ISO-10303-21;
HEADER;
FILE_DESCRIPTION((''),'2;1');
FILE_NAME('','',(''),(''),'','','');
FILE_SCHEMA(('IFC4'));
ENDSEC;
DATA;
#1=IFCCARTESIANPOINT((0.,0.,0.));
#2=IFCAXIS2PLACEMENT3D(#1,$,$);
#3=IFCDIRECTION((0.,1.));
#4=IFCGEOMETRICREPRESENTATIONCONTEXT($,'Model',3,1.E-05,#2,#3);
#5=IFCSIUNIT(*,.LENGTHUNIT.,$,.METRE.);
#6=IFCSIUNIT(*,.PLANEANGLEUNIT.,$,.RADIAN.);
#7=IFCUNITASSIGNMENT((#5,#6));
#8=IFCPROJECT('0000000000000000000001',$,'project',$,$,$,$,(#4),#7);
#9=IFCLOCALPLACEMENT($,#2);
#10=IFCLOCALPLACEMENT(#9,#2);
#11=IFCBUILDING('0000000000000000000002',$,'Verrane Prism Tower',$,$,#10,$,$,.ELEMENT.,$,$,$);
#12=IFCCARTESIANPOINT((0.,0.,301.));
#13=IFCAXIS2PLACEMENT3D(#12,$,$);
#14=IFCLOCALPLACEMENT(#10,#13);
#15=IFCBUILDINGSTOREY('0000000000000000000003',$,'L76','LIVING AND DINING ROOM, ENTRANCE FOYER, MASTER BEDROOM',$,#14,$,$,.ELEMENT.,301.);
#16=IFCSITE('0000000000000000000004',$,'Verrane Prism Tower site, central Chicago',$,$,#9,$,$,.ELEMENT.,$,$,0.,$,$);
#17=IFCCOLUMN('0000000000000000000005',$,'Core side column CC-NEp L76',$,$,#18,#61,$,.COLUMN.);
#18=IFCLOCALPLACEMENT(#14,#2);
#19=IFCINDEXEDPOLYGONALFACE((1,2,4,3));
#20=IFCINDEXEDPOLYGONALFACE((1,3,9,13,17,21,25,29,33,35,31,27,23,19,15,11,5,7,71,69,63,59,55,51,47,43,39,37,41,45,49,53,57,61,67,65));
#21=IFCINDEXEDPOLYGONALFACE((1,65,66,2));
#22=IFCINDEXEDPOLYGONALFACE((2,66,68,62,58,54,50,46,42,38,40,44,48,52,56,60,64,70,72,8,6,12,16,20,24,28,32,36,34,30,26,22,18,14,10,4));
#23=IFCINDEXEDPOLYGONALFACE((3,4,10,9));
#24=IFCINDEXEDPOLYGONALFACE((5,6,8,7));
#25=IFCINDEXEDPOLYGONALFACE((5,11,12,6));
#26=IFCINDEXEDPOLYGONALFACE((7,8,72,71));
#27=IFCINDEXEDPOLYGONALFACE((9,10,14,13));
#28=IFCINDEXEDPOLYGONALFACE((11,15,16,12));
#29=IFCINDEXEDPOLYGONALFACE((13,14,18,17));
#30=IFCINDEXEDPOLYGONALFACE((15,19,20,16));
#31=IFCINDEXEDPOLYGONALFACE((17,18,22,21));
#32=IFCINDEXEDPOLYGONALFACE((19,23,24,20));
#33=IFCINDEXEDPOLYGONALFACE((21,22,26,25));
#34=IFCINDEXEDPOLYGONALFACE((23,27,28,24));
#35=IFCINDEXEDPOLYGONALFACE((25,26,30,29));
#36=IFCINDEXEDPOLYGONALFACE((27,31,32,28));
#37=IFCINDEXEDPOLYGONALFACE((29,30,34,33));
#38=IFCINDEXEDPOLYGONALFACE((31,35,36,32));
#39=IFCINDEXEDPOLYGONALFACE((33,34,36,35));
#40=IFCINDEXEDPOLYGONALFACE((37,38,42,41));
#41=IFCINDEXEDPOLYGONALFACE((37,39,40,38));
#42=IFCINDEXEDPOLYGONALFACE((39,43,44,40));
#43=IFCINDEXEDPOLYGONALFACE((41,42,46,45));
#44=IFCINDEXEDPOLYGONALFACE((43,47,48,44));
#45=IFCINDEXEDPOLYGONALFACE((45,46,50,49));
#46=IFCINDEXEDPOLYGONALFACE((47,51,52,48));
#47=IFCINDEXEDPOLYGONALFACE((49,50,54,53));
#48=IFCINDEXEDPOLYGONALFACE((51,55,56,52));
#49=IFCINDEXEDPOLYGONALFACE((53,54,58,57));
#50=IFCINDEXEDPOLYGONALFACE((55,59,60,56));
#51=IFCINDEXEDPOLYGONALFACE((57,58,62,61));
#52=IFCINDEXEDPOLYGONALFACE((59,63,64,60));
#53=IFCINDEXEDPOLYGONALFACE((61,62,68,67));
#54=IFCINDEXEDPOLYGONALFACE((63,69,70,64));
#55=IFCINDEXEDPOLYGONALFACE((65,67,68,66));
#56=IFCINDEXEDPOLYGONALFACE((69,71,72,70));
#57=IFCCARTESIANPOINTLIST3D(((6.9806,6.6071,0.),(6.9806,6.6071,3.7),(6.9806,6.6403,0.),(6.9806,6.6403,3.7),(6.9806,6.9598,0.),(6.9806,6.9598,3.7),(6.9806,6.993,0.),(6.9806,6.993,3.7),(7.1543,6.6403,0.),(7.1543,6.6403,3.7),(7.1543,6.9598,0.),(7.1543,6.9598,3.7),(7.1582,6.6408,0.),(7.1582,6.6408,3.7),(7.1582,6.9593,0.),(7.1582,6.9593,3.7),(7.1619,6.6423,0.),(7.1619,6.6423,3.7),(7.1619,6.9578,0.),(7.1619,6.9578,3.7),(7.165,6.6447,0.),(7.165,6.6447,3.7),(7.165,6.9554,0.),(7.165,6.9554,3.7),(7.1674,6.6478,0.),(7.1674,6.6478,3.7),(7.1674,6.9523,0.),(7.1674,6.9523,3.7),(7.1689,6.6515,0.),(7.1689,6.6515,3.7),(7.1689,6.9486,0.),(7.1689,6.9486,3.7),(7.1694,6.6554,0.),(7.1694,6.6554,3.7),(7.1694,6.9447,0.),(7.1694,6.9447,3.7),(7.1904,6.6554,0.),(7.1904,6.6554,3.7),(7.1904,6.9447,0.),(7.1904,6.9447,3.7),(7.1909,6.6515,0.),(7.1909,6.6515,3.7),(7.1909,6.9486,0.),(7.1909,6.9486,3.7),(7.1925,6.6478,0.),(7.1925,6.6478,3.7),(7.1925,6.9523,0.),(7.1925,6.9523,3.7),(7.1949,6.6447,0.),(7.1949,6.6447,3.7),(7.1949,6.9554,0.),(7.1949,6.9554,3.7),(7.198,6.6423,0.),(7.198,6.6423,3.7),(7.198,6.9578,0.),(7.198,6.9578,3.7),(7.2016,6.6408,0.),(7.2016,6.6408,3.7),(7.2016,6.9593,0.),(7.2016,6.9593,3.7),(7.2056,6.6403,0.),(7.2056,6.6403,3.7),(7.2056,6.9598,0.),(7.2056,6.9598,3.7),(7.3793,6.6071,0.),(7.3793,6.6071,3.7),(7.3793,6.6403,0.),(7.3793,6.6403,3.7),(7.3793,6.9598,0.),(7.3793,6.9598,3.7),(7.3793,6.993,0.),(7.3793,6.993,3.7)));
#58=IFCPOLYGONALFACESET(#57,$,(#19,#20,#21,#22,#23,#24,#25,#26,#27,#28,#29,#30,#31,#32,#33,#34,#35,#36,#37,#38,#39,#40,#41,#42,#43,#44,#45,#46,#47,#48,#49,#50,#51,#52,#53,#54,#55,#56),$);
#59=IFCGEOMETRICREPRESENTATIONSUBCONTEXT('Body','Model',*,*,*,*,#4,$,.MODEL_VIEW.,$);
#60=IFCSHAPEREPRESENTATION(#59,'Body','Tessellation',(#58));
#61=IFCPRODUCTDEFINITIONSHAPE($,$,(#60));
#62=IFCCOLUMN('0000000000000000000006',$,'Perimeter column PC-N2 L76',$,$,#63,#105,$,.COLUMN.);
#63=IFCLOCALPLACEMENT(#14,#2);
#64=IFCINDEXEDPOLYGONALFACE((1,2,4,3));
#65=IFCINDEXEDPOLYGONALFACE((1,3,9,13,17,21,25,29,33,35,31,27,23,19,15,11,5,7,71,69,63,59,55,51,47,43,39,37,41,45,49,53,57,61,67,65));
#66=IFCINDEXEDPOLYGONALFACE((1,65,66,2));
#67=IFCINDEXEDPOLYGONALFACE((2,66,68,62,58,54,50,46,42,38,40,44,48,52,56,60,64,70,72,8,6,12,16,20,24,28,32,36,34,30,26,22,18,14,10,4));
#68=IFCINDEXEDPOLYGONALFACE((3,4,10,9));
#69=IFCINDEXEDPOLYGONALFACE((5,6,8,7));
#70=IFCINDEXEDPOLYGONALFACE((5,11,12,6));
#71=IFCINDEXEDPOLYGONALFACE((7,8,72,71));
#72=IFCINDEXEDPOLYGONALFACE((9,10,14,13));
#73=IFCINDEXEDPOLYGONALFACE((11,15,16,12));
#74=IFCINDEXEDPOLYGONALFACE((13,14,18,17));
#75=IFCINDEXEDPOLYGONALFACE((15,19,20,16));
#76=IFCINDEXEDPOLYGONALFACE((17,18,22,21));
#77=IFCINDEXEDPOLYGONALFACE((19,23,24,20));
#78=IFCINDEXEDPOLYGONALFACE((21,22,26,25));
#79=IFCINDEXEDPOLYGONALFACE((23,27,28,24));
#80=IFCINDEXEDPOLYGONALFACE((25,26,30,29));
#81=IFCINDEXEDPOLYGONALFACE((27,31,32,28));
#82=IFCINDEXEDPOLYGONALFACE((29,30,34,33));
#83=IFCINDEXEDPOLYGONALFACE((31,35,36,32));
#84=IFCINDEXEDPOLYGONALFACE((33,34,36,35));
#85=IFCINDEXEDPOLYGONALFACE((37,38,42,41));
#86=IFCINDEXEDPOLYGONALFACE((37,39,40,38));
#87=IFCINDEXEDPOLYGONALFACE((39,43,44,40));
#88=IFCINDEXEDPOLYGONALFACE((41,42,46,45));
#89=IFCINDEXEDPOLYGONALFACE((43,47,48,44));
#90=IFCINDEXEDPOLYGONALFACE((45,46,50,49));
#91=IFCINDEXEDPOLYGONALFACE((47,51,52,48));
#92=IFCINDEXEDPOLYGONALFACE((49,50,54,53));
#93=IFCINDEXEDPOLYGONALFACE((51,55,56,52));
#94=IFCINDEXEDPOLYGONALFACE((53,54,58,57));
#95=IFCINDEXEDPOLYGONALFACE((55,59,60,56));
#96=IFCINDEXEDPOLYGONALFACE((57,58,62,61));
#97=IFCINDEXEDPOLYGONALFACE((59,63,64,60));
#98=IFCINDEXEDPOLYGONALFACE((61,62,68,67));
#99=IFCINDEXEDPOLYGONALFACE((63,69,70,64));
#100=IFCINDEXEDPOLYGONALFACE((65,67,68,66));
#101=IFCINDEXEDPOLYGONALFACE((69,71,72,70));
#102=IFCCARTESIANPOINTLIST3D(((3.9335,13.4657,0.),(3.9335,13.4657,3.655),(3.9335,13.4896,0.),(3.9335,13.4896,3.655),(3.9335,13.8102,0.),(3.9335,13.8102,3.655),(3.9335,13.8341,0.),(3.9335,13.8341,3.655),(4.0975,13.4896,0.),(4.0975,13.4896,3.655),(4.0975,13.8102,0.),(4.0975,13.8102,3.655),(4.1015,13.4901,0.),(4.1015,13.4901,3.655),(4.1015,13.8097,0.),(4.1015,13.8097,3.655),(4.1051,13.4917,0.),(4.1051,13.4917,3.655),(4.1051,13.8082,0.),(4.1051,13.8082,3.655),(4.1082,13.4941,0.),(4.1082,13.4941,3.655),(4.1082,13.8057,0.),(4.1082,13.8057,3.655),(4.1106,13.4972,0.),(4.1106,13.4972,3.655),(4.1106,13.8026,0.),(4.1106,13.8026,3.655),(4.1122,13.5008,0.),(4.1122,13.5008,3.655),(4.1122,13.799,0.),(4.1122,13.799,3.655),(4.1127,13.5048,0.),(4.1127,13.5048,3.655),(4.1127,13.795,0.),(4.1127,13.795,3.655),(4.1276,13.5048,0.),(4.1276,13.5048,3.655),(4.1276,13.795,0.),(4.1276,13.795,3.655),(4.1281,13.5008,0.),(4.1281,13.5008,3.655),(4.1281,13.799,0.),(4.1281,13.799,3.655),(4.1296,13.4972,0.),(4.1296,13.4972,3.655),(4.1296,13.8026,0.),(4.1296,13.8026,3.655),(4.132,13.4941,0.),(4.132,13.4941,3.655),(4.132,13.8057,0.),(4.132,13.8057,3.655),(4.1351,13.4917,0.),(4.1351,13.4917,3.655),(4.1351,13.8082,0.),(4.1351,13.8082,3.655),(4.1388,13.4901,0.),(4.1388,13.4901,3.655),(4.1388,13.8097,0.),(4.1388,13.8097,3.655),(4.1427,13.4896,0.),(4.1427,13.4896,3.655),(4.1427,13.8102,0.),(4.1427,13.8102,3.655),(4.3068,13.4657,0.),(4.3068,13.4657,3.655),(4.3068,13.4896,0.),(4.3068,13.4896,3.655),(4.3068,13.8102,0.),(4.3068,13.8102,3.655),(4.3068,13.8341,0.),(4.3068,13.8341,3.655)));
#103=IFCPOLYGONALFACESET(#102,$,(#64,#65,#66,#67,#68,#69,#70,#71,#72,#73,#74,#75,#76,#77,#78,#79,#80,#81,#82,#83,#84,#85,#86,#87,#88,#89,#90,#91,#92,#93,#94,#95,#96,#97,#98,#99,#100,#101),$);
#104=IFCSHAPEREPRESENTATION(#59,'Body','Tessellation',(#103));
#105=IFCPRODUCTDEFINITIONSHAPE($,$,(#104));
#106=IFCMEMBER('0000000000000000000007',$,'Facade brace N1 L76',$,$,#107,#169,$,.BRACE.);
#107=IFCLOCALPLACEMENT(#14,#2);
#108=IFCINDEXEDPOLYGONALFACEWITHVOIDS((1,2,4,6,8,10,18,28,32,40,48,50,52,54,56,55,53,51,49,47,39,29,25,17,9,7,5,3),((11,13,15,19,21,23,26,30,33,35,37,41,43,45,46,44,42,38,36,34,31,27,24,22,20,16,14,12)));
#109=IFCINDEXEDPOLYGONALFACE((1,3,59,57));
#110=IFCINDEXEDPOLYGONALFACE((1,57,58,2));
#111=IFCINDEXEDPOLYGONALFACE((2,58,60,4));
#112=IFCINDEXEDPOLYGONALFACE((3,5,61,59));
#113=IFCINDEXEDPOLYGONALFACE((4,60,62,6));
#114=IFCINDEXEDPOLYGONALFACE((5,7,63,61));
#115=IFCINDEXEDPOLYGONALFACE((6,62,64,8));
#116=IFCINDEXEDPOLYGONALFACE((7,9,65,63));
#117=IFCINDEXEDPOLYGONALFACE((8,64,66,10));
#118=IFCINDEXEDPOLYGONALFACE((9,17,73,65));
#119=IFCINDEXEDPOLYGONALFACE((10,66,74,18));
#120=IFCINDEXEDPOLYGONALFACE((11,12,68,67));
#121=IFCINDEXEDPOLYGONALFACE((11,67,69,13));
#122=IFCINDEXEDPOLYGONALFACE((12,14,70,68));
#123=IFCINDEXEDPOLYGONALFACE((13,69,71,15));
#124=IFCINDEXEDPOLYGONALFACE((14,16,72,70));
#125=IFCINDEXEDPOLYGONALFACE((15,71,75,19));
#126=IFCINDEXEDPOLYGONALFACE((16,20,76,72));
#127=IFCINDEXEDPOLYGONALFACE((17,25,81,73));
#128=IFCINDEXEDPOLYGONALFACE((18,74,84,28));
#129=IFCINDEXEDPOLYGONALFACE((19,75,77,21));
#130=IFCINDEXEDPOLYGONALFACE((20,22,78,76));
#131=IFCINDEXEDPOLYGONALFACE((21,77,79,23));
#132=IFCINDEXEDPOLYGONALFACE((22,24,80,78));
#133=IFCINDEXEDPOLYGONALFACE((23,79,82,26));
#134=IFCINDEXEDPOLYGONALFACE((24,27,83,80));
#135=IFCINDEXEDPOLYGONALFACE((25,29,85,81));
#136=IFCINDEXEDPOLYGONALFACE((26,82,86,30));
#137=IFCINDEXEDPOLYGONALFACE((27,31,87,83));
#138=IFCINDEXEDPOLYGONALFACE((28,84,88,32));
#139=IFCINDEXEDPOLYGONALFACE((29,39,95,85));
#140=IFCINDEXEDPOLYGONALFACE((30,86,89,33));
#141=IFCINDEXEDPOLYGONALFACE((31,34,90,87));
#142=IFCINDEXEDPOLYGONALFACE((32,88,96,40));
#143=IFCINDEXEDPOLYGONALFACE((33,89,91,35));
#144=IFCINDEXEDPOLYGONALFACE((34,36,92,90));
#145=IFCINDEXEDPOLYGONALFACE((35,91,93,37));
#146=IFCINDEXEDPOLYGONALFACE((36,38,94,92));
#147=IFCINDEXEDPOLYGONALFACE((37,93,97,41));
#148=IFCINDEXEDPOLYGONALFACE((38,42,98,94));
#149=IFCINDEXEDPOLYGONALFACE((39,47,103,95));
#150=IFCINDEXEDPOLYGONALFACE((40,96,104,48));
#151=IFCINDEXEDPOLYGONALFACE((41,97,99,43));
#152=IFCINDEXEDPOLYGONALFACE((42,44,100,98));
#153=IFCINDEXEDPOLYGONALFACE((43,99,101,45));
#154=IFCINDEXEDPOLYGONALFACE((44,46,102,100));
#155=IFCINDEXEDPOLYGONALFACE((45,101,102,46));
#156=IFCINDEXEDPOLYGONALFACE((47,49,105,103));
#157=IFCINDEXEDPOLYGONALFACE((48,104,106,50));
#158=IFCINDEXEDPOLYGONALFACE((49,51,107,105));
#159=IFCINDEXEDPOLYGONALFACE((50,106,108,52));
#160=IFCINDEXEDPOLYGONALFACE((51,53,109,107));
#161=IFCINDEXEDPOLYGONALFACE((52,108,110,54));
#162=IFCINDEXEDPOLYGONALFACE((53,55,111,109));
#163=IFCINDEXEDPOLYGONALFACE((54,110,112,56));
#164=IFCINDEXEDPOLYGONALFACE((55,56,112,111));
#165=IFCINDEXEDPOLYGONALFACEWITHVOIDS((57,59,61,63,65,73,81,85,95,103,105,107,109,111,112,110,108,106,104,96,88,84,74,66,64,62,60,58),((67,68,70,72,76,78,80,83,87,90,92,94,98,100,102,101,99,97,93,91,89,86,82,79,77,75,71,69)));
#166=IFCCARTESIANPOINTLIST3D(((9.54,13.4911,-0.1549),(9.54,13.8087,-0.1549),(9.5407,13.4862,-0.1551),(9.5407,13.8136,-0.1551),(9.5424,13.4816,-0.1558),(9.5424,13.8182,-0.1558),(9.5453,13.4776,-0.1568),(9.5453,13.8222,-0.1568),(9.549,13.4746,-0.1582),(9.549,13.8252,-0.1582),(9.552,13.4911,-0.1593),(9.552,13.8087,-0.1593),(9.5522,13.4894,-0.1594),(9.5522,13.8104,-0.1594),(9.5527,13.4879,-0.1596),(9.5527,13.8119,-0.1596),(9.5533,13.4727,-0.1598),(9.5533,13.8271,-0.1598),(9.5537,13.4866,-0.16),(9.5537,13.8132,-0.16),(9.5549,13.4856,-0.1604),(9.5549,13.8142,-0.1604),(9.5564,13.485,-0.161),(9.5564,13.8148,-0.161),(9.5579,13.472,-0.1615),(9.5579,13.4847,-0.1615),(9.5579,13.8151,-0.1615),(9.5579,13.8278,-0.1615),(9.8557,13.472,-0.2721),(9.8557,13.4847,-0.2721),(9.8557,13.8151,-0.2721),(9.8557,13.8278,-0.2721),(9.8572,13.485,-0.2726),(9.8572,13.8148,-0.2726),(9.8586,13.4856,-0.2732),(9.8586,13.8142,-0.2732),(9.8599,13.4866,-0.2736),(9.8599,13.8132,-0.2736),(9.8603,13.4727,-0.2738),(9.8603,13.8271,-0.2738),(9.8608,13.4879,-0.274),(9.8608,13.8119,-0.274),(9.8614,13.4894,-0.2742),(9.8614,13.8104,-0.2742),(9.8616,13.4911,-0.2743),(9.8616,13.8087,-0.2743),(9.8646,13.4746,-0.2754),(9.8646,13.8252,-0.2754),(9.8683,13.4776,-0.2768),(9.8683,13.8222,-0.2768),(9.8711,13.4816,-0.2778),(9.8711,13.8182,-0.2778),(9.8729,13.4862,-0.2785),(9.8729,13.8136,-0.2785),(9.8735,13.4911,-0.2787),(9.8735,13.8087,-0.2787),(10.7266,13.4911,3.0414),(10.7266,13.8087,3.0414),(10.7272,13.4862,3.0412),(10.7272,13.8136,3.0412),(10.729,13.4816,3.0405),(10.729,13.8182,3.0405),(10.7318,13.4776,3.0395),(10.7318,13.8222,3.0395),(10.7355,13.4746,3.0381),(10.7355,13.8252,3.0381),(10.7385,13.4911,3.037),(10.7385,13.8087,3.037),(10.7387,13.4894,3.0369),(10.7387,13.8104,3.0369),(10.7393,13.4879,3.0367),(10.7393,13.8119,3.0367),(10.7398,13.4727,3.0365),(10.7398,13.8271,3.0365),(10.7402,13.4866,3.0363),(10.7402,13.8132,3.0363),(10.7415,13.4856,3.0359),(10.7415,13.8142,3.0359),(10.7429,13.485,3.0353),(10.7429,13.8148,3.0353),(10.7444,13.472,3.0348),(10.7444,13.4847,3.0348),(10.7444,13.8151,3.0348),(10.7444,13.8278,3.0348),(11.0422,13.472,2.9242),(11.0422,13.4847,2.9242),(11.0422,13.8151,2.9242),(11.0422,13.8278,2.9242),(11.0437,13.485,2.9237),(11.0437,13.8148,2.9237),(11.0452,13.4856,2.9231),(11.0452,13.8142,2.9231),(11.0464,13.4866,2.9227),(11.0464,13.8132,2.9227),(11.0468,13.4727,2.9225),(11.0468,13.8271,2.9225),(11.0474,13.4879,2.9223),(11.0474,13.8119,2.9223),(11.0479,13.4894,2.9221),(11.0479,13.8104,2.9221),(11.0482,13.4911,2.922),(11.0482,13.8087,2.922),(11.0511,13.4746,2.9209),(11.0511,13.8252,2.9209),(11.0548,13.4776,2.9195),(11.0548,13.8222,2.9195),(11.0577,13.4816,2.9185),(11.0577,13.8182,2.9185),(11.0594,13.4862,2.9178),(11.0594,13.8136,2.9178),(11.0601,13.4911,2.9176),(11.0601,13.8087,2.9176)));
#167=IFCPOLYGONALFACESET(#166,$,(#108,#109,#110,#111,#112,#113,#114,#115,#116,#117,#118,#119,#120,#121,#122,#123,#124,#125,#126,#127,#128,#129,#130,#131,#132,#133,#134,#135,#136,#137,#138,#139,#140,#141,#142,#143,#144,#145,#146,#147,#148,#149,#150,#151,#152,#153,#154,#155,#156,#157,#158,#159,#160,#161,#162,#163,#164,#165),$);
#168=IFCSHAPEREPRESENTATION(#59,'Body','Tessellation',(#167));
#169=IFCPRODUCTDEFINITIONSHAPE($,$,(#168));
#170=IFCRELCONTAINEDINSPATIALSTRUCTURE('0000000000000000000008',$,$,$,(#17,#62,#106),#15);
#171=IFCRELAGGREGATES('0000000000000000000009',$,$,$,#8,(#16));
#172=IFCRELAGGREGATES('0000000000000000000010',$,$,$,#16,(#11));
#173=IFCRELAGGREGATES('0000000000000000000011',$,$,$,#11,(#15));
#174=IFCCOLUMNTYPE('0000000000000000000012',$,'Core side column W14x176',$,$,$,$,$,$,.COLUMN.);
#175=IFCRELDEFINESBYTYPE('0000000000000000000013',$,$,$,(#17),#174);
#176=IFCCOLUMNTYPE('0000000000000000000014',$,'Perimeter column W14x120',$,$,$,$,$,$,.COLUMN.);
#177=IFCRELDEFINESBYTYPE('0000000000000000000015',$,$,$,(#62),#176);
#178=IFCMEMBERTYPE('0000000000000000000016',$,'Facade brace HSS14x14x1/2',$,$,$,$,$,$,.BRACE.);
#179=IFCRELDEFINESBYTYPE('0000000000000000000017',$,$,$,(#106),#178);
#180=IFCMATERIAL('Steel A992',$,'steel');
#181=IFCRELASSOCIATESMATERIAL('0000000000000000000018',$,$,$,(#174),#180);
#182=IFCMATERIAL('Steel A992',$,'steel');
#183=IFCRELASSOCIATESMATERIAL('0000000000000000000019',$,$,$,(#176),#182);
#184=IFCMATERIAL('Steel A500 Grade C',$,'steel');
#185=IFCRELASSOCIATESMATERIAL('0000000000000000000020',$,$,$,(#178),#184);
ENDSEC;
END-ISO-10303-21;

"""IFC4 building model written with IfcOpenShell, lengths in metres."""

from ifc_helpers import new_model, si_unit, direction, frame, origin, origin_2d, place, context, subcontext, project, spatial, hollow_rectangle, i_section, extrude, material, material_profile, profile_set, type_object, element, save


model = new_model("IFC4")

# Units and contexts
model_context = context("Model", 3, precision=1e-05, world=origin(), true_north=direction((0.0, 1.0)))
body_context = subcontext(model_context, "Body", "Model", "MODEL_VIEW")
ifc_project = project(units=[si_unit("LENGTHUNIT", "METRE"), si_unit("PLANEANGLEUNIT", "RADIAN")], contexts=[model_context])

# Site, building, storey
site_placement = place(None, origin())
site = spatial("IfcSite", under=ifc_project, at=site_placement, Name="Verrane Prism Tower site, central Chicago", CompositionType="ELEMENT", RefElevation=0.0)
building_placement = place(site_placement, origin())
building = spatial("IfcBuilding", under=site, at=building_placement, Name="Verrane Prism Tower", CompositionType="ELEMENT")
storey_placement = place(building_placement, frame((0.0, 0.0, 301.0)))
storey = spatial("IfcBuildingStorey", under=building, at=storey_placement, Name="L76", Description="LIVING AND DINING ROOM, ENTRANCE FOYER, MASTER BEDROOM", CompositionType="ELEMENT", Elevation=301.0)

# Columns
ifc_material_1 = material(Name="Steel A992", Category="steel")
ifc_material_profile_1 = material_profile(ifc_material_1, i_section(OverallWidth=0.3987, OverallDepth=0.386, WebThickness=0.021, FlangeThickness=0.0332, FilletRadius=0.0151, at=origin_2d()), Name="W14x176")
ifc_profile_set_1 = profile_set([ifc_material_profile_1], Name="Steel A992")
column_type_1 = type_object("IfcColumnType", Name="Core side column W14x176", PredefinedType="COLUMN", material=ifc_profile_set_1)
column_1_placement = place(storey_placement, frame((7.1799, 6.8, 0.0), z_axis=(0.0, 0.0, 1.0), x_axis=(1.0, 0.0, 0.0)))
element("IfcColumn", 1, at=column_1_placement, inside=storey, type_object=column_type_1, Name="Core side column CC-NEp L76", PredefinedType="COLUMN", context=body_context, shape_type="SweptSolid", body=[
    extrude(i_section(OverallWidth=0.3987, OverallDepth=0.386, WebThickness=0.021, FlangeThickness=0.0332, FilletRadius=0.0151, at=origin_2d()), origin(), (0.0, 0.0, 1.0), 3.7),
])
ifc_material_2 = material(Name="Steel A992", Category="steel")
ifc_material_profile_2 = material_profile(ifc_material_2, i_section(OverallWidth=0.3733, OverallDepth=0.3684, WebThickness=0.0149, FlangeThickness=0.0239, FilletRadius=0.0151, at=origin_2d()), Name="W14x120")
ifc_profile_set_2 = profile_set([ifc_material_profile_2], Name="Steel A992")
column_type_2 = type_object("IfcColumnType", Name="Perimeter column W14x120", PredefinedType="COLUMN", material=ifc_profile_set_2)
column_2_placement = place(storey_placement, frame((4.1201, 13.6499, 0.0), z_axis=(0.0, 0.0, 1.0), x_axis=(1.0, 0.0, 0.0)))
element("IfcColumn", 2, at=column_2_placement, inside=storey, type_object=column_type_2, Name="Perimeter column PC-N2 L76", PredefinedType="COLUMN", context=body_context, shape_type="SweptSolid", body=[
    extrude(i_section(OverallWidth=0.3733, OverallDepth=0.3684, WebThickness=0.0149, FlangeThickness=0.0239, FilletRadius=0.0151, at=origin_2d()), origin(), (0.0, 0.0, 1.0), 3.655),
])

# Member
ifc_material_3 = material(Name="Steel A500 Grade C", Category="steel")
ifc_material_profile_3 = material_profile(ifc_material_3, hollow_rectangle(XDim=0.3557, YDim=0.3557, WallThickness=0.0127, InnerFilletRadius=0.0063, OuterFilletRadius=0.019, at=origin_2d()), Name="HSS14x14x1/2")
ifc_profile_set_3 = profile_set([ifc_material_profile_3], Name="Steel A500 Grade C")
member_type_1 = type_object("IfcMemberType", Name="Facade brace HSS14x14x1/2", PredefinedType="BRACE", material=ifc_profile_set_3)
member_1_placement = place(storey_placement, frame((9.7068, 13.6499, -0.2168), z_axis=(0.348014, 0.0, 0.937489), x_axis=(0.0, 1.0, 0.0)))
element("IfcMember", 3, at=member_1_placement, inside=storey, type_object=member_type_1, Name="Facade brace N1 L76", PredefinedType="BRACE", context=body_context, shape_type="SweptSolid", body=[
    extrude(hollow_rectangle(XDim=0.3557, YDim=0.3557, WallThickness=0.0127, InnerFilletRadius=0.0063, OuterFilletRadius=0.019, at=origin_2d()), origin(), (0.0, 0.0, 1.0), 3.4094),
])

save(model, "model.ifc")
